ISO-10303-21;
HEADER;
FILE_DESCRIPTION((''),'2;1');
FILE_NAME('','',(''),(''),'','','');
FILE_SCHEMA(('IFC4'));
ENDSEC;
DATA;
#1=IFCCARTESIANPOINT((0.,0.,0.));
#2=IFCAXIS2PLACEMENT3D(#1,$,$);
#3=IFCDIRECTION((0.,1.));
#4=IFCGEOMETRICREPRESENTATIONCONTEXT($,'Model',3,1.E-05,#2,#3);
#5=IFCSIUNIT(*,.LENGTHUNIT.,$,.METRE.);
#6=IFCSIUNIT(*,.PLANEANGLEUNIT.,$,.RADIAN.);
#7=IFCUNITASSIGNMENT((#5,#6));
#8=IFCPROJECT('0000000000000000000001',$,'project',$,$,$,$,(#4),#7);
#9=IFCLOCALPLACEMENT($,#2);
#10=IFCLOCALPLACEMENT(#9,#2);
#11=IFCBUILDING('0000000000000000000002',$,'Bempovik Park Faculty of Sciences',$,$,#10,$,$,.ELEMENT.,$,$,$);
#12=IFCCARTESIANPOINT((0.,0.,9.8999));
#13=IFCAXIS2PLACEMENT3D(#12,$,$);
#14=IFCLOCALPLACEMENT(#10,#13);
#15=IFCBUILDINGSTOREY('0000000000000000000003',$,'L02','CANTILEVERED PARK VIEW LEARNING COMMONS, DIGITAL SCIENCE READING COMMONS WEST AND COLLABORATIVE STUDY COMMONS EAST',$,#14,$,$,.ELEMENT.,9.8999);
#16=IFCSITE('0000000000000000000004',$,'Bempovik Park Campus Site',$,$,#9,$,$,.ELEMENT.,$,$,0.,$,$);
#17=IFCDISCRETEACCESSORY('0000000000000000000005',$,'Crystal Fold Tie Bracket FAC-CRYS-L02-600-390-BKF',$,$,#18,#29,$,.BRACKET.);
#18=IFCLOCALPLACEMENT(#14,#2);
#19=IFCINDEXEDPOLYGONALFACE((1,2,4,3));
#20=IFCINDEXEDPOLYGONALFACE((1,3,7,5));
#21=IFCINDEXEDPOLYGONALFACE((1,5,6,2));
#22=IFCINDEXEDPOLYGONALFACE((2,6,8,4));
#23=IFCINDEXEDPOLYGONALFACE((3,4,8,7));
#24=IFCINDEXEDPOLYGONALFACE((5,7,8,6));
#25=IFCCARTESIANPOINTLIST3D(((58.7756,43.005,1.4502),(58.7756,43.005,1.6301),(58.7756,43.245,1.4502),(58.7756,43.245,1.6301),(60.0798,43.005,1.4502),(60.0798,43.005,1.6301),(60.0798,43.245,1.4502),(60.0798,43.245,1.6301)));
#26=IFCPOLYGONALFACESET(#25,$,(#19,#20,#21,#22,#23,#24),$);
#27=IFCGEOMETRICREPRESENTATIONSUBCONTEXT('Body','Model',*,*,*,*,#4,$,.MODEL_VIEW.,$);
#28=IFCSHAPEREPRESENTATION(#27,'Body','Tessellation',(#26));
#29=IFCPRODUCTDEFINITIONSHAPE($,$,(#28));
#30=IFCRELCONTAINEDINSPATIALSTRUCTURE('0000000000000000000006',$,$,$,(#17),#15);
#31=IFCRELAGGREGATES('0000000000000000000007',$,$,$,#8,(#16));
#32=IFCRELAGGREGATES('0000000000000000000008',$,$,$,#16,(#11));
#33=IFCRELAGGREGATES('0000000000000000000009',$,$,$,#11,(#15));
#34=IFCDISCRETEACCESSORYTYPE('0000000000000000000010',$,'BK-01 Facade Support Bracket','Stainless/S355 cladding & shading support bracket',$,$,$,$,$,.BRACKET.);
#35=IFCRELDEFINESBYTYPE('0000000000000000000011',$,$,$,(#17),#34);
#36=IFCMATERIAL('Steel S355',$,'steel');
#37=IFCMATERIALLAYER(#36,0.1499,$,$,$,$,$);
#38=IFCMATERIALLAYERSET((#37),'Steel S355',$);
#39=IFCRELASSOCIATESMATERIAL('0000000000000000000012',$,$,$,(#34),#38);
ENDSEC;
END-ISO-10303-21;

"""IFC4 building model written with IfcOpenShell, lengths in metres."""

from ifc_helpers import new_model, si_unit, direction, frame, origin, origin_2d, place, context, subcontext, project, spatial, rectangle, extrude, material, layer, layer_set, type_object, element, save


model = new_model("IFC4")

# Units and contexts
model_context = context("Model", 3, precision=1e-05, world=origin(), true_north=direction((0.0, 1.0)))
body_context = subcontext(model_context, "Body", "Model", "MODEL_VIEW")
ifc_project = project(units=[si_unit("LENGTHUNIT", "METRE"), si_unit("PLANEANGLEUNIT", "RADIAN")], contexts=[model_context])

# Site, building, storey
site_placement = place(None, origin())
site = spatial("IfcSite", under=ifc_project, at=site_placement, Name="Bempovik Park Campus Site", CompositionType="ELEMENT", RefElevation=0.0)
building_placement = place(site_placement, origin())
building = spatial("IfcBuilding", under=site, at=building_placement, Name="Bempovik Park Faculty of Sciences", CompositionType="ELEMENT")
storey_placement = place(building_placement, frame((0.0, 0.0, 9.8999)))
storey = spatial("IfcBuildingStorey", under=building, at=storey_placement, Name="L02", Description="CANTILEVERED PARK VIEW LEARNING COMMONS, DIGITAL SCIENCE READING COMMONS WEST AND COLLABORATIVE STUDY COMMONS EAST", CompositionType="ELEMENT", Elevation=9.8999)

# Discrete accessory
ifc_material_1 = material(Name="Steel S355", Category="steel")
ifc_layer_1 = layer(ifc_material_1, 0.1499)
ifc_layer_set_1 = layer_set([ifc_layer_1], Name="Steel S355")
discrete_accessory_type = type_object("IfcDiscreteAccessoryType", Name="BK-01 Facade Support Bracket", Description="Stainless/S355 cladding & shading support bracket", PredefinedType="BRACKET", material=ifc_layer_set_1)
discrete_accessory_1_placement = place(storey_placement, frame((59.4277, 43.125, 1.4502), z_axis=(0.0, 0.0, 1.0), x_axis=(1.0, 0.0, 0.0)))
element("IfcDiscreteAccessory", 1, at=discrete_accessory_1_placement, inside=storey, type_object=discrete_accessory_type, Name="Crystal Fold Tie Bracket FAC-CRYS-L02-600-390-BKF", PredefinedType="BRACKET", context=body_context, shape_type="SweptSolid", body=[
    extrude(rectangle(XDim=1.3042, YDim=0.24, at=origin_2d()), origin(), (0.0, 0.0, 1.0), 0.1799),
])

save(model, "model.ifc")
